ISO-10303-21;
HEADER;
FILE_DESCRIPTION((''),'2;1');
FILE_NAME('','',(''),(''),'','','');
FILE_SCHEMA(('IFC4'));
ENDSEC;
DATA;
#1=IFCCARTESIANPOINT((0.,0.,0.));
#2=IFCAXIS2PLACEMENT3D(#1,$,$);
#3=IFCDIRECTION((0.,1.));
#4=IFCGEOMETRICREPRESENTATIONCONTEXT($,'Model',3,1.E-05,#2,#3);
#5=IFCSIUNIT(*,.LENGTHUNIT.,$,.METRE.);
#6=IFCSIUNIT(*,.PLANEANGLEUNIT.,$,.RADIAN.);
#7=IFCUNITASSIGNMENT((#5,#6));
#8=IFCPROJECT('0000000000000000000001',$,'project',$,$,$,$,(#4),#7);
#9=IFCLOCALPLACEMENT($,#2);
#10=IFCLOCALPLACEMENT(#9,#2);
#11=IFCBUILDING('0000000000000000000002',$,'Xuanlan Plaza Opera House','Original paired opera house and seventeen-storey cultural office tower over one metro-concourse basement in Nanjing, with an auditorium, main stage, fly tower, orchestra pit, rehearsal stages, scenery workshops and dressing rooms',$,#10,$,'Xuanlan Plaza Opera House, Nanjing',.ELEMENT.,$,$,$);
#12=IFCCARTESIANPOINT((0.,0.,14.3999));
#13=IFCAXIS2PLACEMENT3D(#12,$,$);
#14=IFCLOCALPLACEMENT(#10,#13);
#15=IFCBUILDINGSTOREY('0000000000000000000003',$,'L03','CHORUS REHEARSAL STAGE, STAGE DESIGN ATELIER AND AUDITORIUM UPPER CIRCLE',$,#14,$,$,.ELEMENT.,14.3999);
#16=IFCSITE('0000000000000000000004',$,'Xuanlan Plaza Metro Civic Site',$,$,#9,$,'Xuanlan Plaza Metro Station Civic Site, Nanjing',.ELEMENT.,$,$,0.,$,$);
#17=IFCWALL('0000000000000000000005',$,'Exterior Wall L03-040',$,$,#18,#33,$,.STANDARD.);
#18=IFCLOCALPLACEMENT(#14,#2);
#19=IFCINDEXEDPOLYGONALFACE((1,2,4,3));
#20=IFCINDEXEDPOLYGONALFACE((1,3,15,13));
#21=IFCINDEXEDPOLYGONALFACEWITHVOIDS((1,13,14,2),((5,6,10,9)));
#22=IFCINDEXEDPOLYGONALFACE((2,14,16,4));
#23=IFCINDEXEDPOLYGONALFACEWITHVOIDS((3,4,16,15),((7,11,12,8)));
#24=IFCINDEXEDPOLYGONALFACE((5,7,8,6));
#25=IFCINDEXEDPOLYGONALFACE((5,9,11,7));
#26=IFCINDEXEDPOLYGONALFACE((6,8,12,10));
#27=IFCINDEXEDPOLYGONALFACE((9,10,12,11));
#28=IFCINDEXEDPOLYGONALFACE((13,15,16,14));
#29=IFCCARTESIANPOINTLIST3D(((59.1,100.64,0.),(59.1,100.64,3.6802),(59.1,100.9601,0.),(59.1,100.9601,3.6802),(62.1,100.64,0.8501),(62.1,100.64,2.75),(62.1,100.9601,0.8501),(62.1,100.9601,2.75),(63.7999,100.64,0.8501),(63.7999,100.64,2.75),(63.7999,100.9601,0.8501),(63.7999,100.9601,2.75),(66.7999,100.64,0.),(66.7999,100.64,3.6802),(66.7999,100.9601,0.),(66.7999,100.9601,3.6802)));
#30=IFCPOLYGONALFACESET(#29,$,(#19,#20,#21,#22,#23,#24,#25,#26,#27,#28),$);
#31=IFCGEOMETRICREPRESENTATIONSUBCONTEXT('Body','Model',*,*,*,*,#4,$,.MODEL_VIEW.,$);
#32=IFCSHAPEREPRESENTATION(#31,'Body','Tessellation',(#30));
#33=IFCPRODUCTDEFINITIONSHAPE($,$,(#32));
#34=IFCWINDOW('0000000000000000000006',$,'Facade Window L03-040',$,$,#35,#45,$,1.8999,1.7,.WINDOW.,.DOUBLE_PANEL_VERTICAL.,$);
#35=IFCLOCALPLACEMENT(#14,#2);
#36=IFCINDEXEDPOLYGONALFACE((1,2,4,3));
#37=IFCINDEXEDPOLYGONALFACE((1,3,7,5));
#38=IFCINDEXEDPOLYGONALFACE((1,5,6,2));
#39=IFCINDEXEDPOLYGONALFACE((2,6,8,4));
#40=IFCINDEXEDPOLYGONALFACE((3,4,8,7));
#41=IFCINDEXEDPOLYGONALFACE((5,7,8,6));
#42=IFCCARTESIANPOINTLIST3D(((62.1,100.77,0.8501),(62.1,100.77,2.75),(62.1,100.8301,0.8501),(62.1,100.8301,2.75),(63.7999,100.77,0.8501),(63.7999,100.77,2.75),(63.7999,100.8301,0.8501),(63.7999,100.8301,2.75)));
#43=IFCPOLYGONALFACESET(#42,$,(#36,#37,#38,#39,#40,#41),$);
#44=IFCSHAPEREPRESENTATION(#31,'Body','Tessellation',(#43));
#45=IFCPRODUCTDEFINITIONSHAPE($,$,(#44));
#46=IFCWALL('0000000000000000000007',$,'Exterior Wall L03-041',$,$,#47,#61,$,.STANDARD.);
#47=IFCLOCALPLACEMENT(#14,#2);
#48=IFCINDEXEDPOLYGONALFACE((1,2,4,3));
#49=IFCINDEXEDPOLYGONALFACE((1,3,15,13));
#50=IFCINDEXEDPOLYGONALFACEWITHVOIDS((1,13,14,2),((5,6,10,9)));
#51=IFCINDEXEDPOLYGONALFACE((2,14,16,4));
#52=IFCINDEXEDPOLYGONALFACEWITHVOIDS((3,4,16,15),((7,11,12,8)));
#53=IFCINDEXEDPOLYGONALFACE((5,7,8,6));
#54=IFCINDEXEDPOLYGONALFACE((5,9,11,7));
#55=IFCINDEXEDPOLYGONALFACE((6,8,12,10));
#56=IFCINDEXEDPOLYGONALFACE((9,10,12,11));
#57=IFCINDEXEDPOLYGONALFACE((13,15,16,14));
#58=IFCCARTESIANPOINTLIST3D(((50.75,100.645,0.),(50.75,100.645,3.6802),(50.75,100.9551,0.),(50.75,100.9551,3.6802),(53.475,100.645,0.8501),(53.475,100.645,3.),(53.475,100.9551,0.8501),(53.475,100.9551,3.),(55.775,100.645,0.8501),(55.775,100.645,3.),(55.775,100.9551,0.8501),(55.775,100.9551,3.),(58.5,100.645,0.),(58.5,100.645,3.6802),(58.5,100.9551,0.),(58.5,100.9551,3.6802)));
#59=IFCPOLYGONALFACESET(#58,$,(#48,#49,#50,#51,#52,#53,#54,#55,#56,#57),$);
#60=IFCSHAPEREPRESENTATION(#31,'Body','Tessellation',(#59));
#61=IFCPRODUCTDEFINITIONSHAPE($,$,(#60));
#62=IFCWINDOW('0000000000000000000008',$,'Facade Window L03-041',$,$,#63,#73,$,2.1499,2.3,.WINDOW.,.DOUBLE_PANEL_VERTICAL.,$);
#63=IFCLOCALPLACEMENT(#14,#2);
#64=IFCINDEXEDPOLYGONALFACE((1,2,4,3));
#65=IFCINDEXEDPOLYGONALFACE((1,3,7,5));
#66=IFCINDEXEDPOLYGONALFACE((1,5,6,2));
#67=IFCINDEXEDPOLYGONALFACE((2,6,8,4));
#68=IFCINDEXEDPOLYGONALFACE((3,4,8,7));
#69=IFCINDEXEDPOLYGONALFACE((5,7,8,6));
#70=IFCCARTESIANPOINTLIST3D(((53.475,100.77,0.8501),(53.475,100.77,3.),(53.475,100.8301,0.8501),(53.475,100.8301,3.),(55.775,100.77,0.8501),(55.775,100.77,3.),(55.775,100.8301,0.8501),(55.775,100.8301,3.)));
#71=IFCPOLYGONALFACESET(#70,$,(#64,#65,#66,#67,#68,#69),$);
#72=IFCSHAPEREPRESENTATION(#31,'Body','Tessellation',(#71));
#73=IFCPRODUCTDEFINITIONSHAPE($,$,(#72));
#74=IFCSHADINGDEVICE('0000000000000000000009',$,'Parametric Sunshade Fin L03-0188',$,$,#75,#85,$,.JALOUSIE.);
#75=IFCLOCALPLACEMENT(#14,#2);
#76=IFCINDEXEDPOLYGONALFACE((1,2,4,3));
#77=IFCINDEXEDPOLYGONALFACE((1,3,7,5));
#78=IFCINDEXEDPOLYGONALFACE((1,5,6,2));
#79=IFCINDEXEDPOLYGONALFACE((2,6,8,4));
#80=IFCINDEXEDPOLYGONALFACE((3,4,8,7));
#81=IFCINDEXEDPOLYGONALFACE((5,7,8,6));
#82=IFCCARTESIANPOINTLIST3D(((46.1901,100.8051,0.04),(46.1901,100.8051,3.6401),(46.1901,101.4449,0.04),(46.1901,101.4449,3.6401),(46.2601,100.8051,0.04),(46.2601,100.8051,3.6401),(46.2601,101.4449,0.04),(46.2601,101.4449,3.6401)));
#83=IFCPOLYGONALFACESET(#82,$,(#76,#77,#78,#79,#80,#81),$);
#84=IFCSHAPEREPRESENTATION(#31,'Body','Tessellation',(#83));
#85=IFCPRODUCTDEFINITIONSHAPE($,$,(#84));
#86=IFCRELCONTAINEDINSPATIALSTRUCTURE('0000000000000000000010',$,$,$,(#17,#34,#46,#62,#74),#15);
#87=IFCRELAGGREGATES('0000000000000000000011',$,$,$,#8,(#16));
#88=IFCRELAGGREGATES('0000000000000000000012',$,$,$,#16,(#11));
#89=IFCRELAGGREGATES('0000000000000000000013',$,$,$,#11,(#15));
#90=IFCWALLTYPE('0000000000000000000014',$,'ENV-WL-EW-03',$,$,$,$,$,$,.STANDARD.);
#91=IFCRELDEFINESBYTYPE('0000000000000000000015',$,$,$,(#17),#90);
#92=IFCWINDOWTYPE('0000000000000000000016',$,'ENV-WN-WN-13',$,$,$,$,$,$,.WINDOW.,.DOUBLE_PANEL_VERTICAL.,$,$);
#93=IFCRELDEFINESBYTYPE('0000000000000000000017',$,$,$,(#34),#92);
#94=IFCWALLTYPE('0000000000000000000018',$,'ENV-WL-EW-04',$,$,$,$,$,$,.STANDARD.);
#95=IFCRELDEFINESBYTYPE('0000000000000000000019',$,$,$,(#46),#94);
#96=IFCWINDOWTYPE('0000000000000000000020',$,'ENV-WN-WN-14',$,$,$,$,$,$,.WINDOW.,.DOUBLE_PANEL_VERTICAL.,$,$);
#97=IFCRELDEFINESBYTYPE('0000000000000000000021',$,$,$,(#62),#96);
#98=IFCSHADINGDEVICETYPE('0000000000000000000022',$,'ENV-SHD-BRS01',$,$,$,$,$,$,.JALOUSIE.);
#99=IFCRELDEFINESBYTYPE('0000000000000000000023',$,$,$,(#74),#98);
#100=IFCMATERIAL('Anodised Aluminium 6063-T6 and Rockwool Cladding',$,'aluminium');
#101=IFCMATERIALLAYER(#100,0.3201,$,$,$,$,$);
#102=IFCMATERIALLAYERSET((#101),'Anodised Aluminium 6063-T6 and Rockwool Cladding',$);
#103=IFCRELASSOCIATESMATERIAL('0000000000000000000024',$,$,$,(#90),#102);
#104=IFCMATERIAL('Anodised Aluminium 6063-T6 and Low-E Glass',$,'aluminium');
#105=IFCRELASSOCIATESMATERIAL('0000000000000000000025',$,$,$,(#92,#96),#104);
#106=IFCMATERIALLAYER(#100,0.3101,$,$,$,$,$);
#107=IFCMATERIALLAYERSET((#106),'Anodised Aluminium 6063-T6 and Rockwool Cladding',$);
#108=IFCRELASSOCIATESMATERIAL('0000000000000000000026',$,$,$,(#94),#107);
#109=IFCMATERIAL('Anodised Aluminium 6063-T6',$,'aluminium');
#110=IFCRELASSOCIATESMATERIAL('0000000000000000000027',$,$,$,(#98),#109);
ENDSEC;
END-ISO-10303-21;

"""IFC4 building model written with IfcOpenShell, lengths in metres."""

from ifc_helpers import new_model, si_unit, direction, frame, frame_2d, origin, origin_2d, place, context, subcontext, project, spatial, rectangle, extrude, material, layer, layer_set, type_object, element, fill, save


model = new_model("IFC4")

# Units and contexts
model_context = context("Model", 3, precision=1e-05, world=origin(), true_north=direction((0.0, 1.0)))
body_context = subcontext(model_context, "Body", "Model", "MODEL_VIEW")
ifc_project = project(units=[si_unit("LENGTHUNIT", "METRE"), si_unit("PLANEANGLEUNIT", "RADIAN")], contexts=[model_context])

# Site, building, storey
site_placement = place(None, origin())
site = spatial("IfcSite", under=ifc_project, at=site_placement, Name="Xuanlan Plaza Metro Civic Site", LongName="Xuanlan Plaza Metro Station Civic Site, Nanjing", CompositionType="ELEMENT", RefElevation=0.0)
building_placement = place(site_placement, origin())
building = spatial("IfcBuilding", under=site, at=building_placement, Name="Xuanlan Plaza Opera House", Description="Original paired opera house and seventeen-storey cultural office tower over one metro-concourse basement in Nanjing, with an auditorium, main stage, fly tower, orchestra pit, rehearsal stages, scenery workshops and dressing rooms", LongName="Xuanlan Plaza Opera House, Nanjing", CompositionType="ELEMENT")
storey_placement = place(building_placement, frame((0.0, 0.0, 14.3999)))
storey = spatial("IfcBuildingStorey", under=building, at=storey_placement, Name="L03", Description="CHORUS REHEARSAL STAGE, STAGE DESIGN ATELIER AND AUDITORIUM UPPER CIRCLE", CompositionType="ELEMENT", Elevation=14.3999)

# Shared definitions
ifc_material_1 = material(Name="Anodised Aluminium 6063-T6 and Low-E Glass", Category="aluminium")
ifc_material_2 = material(Name="Anodised Aluminium 6063-T6", Category="aluminium")

# Walls, openings, windows
ifc_material_3 = material(Name="Anodised Aluminium 6063-T6 and Rockwool Cladding", Category="aluminium")
ifc_layer_1 = layer(ifc_material_3, 0.3201)
ifc_layer_set_1 = layer_set([ifc_layer_1], Name="Anodised Aluminium 6063-T6 and Rockwool Cladding")
wall_type_1 = type_object("IfcWallType", Name="ENV-WL-EW-03", PredefinedType="STANDARD", material=ifc_layer_set_1)
wall_1_placement = place(storey_placement, frame((66.8, 100.8, 0.0), z_axis=(0.0, 0.0, 1.0), x_axis=(-1.0, 0.0, 0.0)))
wall_1 = element("IfcWall", 1, at=wall_1_placement, inside=storey, type_object=wall_type_1, Name="Exterior Wall L03-040", PredefinedType="STANDARD", context=body_context, shape_type="SweptSolid", body=[
    extrude(rectangle(XDim=7.7, YDim=0.3201, at=frame_2d((3.8501, 0.0))), origin(), (0.0, 0.0, 1.0), 3.6802),
])
opening_1_placement = place(wall_1_placement, frame((3.0, 0.0, 0.8501)))
opening_1 = element("IfcOpeningElement", 2, at=opening_1_placement, cuts=wall_1, PredefinedType="OPENING", context=body_context, shape_type="SweptSolid", body=[
    extrude(rectangle(XDim=1.7, YDim=1.8999, at=frame_2d((0.8501, 0.95))), frame((0.0, 0.1699, 0.0), z_axis=(0.0, -1.0, 0.0), x_axis=(1.0, 0.0, 0.0)), (0.0, 0.0, 1.0), 0.3401),
])
window_type_1 = type_object("IfcWindowType", Name="ENV-WN-WN-13", PartitioningType="DOUBLE_PANEL_VERTICAL", PredefinedType="WINDOW", material=ifc_material_1)
window_1_placement = place(opening_1_placement, origin())
window_1 = element("IfcWindow", 3, at=window_1_placement, inside=storey, type_object=window_type_1, Name="Facade Window L03-040", OverallHeight=1.8999, OverallWidth=1.7, PartitioningType="DOUBLE_PANEL_VERTICAL", PredefinedType="WINDOW", context=body_context, shape_type="SweptSolid", body=[
    extrude(rectangle(XDim=1.7, YDim=1.8999, at=frame_2d((0.8501, 0.95))), frame((0.0, 0.03, 0.0), z_axis=(0.0, -1.0, 0.0), x_axis=(1.0, 0.0, 0.0)), (0.0, 0.0, 1.0), 0.0601),
])
fill(opening_1, window_1)
ifc_layer_2 = layer(ifc_material_3, 0.3101)
ifc_layer_set_2 = layer_set([ifc_layer_2], Name="Anodised Aluminium 6063-T6 and Rockwool Cladding")
wall_type_2 = type_object("IfcWallType", Name="ENV-WL-EW-04", PredefinedType="STANDARD", material=ifc_layer_set_2)
wall_2_placement = place(storey_placement, frame((58.5, 100.8, 0.0), z_axis=(0.0, 0.0, 1.0), x_axis=(-1.0, 0.0, 0.0)))
wall_2 = element("IfcWall", 4, at=wall_2_placement, inside=storey, type_object=wall_type_2, Name="Exterior Wall L03-041", PredefinedType="STANDARD", context=body_context, shape_type="SweptSolid", body=[
    extrude(rectangle(XDim=7.75, YDim=0.3101, at=frame_2d((3.875, 0.0))), origin(), (0.0, 0.0, 1.0), 3.6802),
])
opening_2_placement = place(wall_2_placement, frame((2.7251, 0.0, 0.8501)))
opening_2 = element("IfcOpeningElement", 5, at=opening_2_placement, cuts=wall_2, PredefinedType="OPENING", context=body_context, shape_type="SweptSolid", body=[
    extrude(rectangle(XDim=2.3, YDim=2.1499, at=frame_2d((1.1499, 1.075))), frame((0.0, 0.165, 0.0), z_axis=(0.0, -1.0, 0.0), x_axis=(1.0, 0.0, 0.0)), (0.0, 0.0, 1.0), 0.3301),
])
window_type_2 = type_object("IfcWindowType", Name="ENV-WN-WN-14", PartitioningType="DOUBLE_PANEL_VERTICAL", PredefinedType="WINDOW", material=ifc_material_1)
window_2_placement = place(opening_2_placement, origin())
window_2 = element("IfcWindow", 6, at=window_2_placement, inside=storey, type_object=window_type_2, Name="Facade Window L03-041", OverallHeight=2.1499, OverallWidth=2.3, PartitioningType="DOUBLE_PANEL_VERTICAL", PredefinedType="WINDOW", context=body_context, shape_type="SweptSolid", body=[
    extrude(rectangle(XDim=2.3, YDim=2.1499, at=frame_2d((1.1499, 1.075))), frame((0.0, 0.03, 0.0), z_axis=(0.0, -1.0, 0.0), x_axis=(1.0, 0.0, 0.0)), (0.0, 0.0, 1.0), 0.0601),
])
fill(opening_2, window_2)

# Shading device
shading_device_type = type_object("IfcShadingDeviceType", Name="ENV-SHD-BRS01", PredefinedType="JALOUSIE", material=ifc_material_2)
shading_device_placement = place(storey_placement, frame((46.2251, 101.125, 0.04), z_axis=(0.0, 0.0, 1.0), x_axis=(0.0, 1.0, 0.0)))
element("IfcShadingDevice", 7, at=shading_device_placement, inside=storey, type_object=shading_device_type, Name="Parametric Sunshade Fin L03-0188", PredefinedType="JALOUSIE", context=body_context, shape_type="SweptSolid", body=[
    extrude(rectangle(XDim=0.6399, YDim=0.0701, at=origin_2d()), origin(), (0.0, 0.0, 1.0), 3.6001),
])

save(model, "model.ifc")
